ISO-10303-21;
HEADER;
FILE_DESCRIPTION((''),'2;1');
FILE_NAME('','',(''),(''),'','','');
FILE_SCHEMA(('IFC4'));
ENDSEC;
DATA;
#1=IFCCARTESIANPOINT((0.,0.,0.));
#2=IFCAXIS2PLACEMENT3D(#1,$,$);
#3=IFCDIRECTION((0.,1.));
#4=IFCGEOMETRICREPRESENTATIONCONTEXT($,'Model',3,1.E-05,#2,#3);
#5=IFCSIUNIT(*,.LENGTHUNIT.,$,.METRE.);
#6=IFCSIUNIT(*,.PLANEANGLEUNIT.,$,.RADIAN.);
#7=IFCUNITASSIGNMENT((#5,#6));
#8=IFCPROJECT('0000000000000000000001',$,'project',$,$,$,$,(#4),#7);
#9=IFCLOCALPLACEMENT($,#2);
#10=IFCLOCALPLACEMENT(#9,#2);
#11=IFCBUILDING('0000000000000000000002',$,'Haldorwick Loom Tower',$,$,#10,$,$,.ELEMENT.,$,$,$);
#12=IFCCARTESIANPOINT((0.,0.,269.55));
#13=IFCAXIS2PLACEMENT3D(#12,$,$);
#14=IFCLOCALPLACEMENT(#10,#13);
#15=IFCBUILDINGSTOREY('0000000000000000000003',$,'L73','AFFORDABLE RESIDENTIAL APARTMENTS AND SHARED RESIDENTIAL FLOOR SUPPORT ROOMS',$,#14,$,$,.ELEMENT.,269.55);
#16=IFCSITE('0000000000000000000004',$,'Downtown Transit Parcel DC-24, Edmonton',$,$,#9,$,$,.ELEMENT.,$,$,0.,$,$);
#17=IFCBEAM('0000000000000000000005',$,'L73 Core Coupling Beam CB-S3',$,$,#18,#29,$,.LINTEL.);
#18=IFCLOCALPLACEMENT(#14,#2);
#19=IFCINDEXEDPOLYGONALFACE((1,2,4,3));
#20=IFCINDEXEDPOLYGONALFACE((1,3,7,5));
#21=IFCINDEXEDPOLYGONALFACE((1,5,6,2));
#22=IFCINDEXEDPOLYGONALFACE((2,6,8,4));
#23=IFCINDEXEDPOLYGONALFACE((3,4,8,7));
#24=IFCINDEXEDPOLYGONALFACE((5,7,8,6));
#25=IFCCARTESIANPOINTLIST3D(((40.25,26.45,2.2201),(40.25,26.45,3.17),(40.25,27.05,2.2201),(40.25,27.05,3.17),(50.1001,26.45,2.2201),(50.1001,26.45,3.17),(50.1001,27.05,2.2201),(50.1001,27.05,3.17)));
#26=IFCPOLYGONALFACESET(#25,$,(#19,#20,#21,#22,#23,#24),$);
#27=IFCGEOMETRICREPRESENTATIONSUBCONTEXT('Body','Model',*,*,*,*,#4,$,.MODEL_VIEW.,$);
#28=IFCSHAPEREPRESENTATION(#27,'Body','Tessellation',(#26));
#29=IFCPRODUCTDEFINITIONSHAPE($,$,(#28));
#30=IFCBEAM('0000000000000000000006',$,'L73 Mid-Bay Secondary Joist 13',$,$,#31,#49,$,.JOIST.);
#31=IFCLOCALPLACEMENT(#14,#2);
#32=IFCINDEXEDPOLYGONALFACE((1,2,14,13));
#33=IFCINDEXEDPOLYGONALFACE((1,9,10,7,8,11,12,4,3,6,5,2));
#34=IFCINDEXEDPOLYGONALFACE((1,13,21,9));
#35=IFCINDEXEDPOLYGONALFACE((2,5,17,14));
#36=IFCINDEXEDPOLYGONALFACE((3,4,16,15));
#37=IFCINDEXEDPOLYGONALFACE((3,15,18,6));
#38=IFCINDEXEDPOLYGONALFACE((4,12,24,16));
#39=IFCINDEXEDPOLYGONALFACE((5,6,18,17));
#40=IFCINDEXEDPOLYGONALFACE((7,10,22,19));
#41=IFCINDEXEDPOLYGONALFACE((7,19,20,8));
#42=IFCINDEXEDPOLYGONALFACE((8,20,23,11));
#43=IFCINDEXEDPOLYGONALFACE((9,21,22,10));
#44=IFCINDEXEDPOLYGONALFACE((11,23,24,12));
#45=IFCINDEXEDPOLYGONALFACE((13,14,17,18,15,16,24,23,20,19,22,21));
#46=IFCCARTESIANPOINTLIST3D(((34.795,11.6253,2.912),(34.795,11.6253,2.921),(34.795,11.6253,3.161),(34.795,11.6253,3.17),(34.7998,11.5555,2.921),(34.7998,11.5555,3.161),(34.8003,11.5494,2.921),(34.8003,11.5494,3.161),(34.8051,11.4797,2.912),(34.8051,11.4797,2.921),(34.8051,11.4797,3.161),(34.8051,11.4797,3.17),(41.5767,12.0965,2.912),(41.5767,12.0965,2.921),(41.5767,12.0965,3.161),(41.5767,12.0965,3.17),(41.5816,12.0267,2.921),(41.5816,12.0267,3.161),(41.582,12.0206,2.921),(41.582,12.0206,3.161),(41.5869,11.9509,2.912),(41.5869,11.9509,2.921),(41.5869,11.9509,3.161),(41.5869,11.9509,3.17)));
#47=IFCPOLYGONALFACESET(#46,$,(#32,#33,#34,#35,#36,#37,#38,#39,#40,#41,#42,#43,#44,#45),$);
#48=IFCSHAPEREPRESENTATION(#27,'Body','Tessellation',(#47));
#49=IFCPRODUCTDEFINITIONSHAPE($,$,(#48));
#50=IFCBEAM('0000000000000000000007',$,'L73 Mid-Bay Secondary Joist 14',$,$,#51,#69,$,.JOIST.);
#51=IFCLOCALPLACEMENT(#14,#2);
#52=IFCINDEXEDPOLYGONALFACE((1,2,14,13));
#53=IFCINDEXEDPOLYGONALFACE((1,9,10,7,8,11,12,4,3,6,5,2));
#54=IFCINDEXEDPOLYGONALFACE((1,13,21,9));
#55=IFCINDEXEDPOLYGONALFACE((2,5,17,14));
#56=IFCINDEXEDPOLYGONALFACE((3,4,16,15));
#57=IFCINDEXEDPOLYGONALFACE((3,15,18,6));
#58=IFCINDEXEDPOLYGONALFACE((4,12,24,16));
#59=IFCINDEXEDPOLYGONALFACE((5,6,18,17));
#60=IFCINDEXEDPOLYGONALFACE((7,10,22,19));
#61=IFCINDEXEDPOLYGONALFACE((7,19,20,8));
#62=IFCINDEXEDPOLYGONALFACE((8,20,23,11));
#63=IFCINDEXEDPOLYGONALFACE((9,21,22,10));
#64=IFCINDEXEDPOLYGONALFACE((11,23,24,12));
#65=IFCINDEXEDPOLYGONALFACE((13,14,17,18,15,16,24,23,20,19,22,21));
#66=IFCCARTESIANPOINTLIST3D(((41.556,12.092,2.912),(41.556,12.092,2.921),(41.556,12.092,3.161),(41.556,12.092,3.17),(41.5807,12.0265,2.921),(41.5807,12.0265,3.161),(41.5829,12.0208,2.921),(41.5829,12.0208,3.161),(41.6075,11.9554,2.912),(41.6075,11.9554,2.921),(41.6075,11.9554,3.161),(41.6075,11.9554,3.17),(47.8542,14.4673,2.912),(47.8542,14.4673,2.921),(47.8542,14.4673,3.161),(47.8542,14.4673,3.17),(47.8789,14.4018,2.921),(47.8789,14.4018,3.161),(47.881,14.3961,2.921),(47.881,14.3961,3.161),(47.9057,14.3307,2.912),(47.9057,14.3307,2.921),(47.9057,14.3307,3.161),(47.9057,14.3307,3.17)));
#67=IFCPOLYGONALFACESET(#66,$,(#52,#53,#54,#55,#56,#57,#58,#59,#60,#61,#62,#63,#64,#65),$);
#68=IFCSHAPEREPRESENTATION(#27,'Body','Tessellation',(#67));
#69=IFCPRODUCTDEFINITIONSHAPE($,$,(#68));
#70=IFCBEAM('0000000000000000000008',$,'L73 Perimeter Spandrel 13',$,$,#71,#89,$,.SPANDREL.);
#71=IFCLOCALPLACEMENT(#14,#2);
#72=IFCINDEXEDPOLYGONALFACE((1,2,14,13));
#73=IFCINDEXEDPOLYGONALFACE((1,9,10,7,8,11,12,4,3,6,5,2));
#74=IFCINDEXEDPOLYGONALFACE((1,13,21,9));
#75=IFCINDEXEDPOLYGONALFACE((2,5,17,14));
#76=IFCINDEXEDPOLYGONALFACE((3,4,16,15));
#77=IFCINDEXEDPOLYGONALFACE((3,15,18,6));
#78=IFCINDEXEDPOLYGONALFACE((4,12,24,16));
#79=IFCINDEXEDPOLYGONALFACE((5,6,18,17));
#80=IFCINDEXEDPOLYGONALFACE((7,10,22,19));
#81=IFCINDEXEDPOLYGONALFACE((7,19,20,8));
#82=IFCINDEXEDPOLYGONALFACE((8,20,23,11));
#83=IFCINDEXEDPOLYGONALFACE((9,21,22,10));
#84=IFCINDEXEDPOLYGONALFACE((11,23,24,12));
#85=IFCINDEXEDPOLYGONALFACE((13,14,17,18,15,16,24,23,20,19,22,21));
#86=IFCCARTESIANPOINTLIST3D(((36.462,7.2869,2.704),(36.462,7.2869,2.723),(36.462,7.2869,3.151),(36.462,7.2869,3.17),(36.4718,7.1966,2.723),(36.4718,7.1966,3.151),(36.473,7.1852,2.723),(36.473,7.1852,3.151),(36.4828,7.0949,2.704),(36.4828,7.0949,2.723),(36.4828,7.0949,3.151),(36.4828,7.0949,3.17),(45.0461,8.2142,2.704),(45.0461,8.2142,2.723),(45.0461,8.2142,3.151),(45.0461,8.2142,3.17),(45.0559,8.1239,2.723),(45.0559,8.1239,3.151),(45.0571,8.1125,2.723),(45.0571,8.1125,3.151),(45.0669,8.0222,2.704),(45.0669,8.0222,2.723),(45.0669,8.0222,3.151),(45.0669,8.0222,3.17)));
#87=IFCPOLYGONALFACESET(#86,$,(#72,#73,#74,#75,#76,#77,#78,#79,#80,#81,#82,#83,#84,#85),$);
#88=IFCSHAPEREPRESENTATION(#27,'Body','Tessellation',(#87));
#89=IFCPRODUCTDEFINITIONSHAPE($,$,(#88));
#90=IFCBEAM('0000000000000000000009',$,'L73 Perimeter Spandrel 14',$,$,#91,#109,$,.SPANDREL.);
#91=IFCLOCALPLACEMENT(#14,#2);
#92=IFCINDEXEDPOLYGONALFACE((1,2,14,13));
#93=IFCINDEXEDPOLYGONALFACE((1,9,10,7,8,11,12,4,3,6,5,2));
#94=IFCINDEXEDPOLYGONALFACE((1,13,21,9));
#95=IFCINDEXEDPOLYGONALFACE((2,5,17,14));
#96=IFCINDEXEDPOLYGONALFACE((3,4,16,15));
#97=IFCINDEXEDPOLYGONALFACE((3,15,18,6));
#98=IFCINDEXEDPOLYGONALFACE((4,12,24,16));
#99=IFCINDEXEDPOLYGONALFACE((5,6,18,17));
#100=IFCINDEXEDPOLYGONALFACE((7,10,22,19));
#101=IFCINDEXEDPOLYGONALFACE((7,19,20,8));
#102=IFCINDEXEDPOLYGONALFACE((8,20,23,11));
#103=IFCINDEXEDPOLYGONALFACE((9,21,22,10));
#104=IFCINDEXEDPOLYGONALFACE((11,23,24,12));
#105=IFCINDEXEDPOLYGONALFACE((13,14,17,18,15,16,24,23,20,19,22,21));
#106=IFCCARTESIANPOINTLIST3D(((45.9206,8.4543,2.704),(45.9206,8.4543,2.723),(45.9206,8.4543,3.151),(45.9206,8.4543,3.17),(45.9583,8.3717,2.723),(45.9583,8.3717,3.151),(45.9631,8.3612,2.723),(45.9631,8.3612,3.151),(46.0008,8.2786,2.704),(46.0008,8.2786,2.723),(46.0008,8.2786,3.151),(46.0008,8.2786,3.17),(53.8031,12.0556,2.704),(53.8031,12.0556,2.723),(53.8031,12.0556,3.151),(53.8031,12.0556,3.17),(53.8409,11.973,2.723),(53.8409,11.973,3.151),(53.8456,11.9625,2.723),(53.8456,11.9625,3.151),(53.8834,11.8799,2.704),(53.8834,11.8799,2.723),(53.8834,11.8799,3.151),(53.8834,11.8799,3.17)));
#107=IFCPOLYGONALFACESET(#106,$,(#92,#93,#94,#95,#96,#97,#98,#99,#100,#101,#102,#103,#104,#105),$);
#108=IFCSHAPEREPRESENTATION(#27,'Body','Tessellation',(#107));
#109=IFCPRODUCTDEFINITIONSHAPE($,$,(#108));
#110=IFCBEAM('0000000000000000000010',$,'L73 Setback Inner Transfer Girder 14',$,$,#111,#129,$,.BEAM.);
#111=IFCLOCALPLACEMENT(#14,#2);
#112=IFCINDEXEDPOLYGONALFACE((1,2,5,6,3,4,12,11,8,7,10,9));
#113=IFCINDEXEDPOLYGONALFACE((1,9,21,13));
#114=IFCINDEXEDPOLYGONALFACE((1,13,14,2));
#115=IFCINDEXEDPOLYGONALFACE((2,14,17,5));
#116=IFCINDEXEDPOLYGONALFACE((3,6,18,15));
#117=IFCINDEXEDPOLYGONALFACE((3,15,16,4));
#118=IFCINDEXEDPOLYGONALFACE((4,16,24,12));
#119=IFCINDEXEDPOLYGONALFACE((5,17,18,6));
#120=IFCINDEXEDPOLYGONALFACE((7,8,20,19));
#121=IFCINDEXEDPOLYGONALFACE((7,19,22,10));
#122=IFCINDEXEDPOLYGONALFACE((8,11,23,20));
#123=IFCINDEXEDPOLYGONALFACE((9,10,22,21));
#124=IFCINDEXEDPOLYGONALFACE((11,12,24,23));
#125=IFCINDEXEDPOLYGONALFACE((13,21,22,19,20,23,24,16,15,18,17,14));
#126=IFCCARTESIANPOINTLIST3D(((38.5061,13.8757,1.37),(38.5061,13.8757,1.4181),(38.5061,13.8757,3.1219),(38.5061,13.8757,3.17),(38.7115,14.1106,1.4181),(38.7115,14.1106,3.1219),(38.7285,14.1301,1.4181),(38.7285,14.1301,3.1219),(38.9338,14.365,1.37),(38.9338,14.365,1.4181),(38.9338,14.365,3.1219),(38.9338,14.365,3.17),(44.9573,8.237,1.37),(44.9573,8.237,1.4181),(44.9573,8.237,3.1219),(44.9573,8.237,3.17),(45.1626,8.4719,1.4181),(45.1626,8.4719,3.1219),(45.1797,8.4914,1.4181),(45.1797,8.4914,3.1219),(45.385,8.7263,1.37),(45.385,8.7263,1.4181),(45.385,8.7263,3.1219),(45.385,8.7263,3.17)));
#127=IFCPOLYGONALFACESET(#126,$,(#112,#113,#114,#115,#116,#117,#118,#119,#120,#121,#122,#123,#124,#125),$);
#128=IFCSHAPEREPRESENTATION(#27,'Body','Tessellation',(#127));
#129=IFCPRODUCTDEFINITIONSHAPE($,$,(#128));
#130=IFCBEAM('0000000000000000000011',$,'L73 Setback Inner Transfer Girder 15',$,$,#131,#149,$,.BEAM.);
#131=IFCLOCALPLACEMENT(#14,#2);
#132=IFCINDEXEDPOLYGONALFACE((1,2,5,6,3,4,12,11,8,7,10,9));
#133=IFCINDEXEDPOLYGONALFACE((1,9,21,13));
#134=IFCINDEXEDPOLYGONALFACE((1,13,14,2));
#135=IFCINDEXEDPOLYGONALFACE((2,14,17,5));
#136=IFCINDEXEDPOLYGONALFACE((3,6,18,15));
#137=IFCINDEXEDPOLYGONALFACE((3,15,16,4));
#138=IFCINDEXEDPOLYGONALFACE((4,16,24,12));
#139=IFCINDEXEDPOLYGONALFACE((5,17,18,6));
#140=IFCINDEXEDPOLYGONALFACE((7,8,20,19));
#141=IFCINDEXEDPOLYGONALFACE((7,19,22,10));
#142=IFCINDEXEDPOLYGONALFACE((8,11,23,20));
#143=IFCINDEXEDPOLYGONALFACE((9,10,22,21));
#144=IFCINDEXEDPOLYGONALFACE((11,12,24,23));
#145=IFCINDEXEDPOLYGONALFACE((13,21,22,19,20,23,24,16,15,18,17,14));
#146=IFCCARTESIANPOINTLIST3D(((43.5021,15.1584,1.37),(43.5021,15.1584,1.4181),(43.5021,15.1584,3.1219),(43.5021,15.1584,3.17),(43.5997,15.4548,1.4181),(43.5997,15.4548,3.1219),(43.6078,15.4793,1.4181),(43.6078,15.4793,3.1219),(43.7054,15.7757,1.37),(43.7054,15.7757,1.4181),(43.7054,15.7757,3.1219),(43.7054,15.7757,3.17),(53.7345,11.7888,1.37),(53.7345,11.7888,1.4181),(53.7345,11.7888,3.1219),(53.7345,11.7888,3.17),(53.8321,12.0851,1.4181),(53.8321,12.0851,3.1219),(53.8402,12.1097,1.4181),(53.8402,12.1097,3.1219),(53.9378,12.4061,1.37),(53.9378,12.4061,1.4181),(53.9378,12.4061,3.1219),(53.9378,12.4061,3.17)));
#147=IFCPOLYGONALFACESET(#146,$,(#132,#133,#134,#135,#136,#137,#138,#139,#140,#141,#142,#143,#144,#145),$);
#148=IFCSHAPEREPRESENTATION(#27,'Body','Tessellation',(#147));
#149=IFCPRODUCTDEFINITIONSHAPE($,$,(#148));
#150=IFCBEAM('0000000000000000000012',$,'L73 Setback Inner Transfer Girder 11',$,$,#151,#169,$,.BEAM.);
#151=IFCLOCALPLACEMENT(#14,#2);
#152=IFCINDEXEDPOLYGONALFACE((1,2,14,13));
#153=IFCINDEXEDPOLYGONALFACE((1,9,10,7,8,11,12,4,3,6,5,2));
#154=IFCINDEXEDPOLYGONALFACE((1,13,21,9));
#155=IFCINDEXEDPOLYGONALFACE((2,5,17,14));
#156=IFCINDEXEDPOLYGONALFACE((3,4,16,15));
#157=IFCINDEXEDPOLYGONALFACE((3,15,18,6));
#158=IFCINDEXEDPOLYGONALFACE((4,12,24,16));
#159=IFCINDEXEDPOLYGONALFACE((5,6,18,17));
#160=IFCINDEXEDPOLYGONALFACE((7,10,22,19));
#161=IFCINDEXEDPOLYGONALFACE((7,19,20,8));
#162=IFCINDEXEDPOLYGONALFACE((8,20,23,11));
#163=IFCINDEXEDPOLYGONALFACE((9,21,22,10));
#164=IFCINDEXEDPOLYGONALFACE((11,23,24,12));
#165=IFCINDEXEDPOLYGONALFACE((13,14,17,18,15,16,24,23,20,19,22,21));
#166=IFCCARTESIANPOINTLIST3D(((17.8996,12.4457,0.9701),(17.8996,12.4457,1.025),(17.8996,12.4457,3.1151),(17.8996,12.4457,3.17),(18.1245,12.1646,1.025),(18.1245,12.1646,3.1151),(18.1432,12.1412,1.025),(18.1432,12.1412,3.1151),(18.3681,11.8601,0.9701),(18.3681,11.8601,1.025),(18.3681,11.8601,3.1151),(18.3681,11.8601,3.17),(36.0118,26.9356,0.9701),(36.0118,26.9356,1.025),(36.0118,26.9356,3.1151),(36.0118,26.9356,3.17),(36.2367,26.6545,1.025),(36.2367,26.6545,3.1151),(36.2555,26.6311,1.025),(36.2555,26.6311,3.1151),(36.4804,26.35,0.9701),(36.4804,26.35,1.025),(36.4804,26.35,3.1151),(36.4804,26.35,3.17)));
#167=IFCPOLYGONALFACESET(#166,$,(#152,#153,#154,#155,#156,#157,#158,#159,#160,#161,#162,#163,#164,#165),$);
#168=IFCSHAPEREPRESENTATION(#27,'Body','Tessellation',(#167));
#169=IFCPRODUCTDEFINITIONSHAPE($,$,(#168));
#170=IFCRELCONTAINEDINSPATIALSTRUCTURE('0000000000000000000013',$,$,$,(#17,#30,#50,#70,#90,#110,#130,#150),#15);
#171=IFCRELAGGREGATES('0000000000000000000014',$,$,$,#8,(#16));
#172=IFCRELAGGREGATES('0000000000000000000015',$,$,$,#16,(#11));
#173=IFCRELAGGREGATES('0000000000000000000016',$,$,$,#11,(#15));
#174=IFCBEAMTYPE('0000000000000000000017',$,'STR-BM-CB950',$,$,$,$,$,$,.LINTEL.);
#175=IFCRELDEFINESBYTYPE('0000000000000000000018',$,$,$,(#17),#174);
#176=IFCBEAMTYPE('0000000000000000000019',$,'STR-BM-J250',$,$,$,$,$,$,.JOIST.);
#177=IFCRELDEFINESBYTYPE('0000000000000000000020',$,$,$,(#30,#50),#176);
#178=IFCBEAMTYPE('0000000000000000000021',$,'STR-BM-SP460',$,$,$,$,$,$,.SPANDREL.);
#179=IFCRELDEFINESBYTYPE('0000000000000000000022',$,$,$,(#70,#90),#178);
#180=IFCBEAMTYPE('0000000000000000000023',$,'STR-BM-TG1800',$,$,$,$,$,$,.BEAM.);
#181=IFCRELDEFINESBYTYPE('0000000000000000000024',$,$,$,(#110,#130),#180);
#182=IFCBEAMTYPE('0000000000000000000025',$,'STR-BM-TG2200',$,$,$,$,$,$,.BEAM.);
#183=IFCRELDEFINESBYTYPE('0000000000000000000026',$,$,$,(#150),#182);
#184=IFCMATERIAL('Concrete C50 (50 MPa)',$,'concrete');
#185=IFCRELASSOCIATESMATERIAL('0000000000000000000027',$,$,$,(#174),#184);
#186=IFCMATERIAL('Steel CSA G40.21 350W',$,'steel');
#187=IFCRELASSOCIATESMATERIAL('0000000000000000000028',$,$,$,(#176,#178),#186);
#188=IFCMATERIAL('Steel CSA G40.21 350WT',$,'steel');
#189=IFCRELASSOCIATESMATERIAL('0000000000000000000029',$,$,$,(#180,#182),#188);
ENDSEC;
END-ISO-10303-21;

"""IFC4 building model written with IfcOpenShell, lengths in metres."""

from ifc_helpers import new_model, si_unit, direction, frame, origin, origin_2d, place, context, subcontext, project, spatial, rectangle, i_section, extrude, material, material_profile, profile_set, type_object, element, save


model = new_model("IFC4")

# Units and contexts
model_context = context("Model", 3, precision=1e-05, world=origin(), true_north=direction((0.0, 1.0)))
body_context = subcontext(model_context, "Body", "Model", "MODEL_VIEW")
ifc_project = project(units=[si_unit("LENGTHUNIT", "METRE"), si_unit("PLANEANGLEUNIT", "RADIAN")], contexts=[model_context])

# Site, building, storey
site_placement = place(None, origin())
site = spatial("IfcSite", under=ifc_project, at=site_placement, Name="Downtown Transit Parcel DC-24, Edmonton", CompositionType="ELEMENT", RefElevation=0.0)
building_placement = place(site_placement, origin())
building = spatial("IfcBuilding", under=site, at=building_placement, Name="Haldorwick Loom Tower", CompositionType="ELEMENT")
storey_placement = place(building_placement, frame((0.0, 0.0, 269.55)))
storey = spatial("IfcBuildingStorey", under=building, at=storey_placement, Name="L73", Description="AFFORDABLE RESIDENTIAL APARTMENTS AND SHARED RESIDENTIAL FLOOR SUPPORT ROOMS", CompositionType="ELEMENT", Elevation=269.55)

# Shared definitions
ifc_material_1 = material(Name="Concrete C50 (50 MPa)", Category="concrete")
ifc_material_2 = material(Name="Steel CSA G40.21 350W", Category="steel")

# Beams
ifc_material_profile_1 = material_profile(ifc_material_1, rectangle(XDim=0.6001, YDim=0.95, at=origin_2d()), Name="RC600X950", Category="concrete")
ifc_profile_set_1 = profile_set([ifc_material_profile_1], Name="Concrete C50 (50 MPa)")
beam_type_1 = type_object("IfcBeamType", Name="STR-BM-CB950", PredefinedType="LINTEL", material=ifc_profile_set_1)
beam_1_placement = place(storey_placement, frame((40.25, 26.75, 2.6951), z_axis=(1.0, 0.0, 0.0), x_axis=(0.0, 1.0, 0.0)))
element("IfcBeam", 1, at=beam_1_placement, inside=storey, type_object=beam_type_1, Name="L73 Core Coupling Beam CB-S3", PredefinedType="LINTEL", context=body_context, shape_type="SweptSolid", body=[
    extrude(rectangle(XDim=0.6001, YDim=0.95, at=origin_2d()), origin(), (0.0, 0.0, 1.0), 9.8501),
])
ifc_material_profile_2 = material_profile(ifc_material_2, i_section(OverallWidth=0.146, OverallDepth=0.2581, WebThickness=0.0061, FlangeThickness=0.009, at=origin_2d()), Name="W250X33", Category="steel")
ifc_profile_set_2 = profile_set([ifc_material_profile_2], Name="Steel CSA G40.21 350W")
beam_type_2 = type_object("IfcBeamType", Name="STR-BM-J250", PredefinedType="JOIST", material=ifc_profile_set_2)
beam_2_placement = place(storey_placement, frame((34.8, 11.5525, 3.041), z_axis=(0.997595, 0.069312, 0.0), x_axis=(-0.069312, 0.997595, 0.0)))
element("IfcBeam", 2, at=beam_2_placement, inside=storey, type_object=beam_type_2, Name="L73 Mid-Bay Secondary Joist 13", PredefinedType="JOIST", context=body_context, shape_type="SweptSolid", body=[
    extrude(i_section(OverallWidth=0.146, OverallDepth=0.2581, WebThickness=0.0061, FlangeThickness=0.009, at=origin_2d()), origin(), (0.0, 0.0, 1.0), 6.7981),
])
beam_3_placement = place(storey_placement, frame((41.5818, 12.0237, 3.041), z_axis=(0.93567, 0.352876, 0.0), x_axis=(-0.352876, 0.93567, 0.0)))
element("IfcBeam", 3, at=beam_3_placement, inside=storey, type_object=beam_type_2, Name="L73 Mid-Bay Secondary Joist 14", PredefinedType="JOIST", context=body_context, shape_type="SweptSolid", body=[
    extrude(i_section(OverallWidth=0.146, OverallDepth=0.2581, WebThickness=0.0061, FlangeThickness=0.009, at=origin_2d()), origin(), (0.0, 0.0, 1.0), 6.7312),
])
ifc_material_profile_3 = material_profile(ifc_material_2, i_section(OverallWidth=0.1931, OverallDepth=0.4661, WebThickness=0.0115, FlangeThickness=0.019, at=origin_2d()), Name="W460X97", Category="steel")
ifc_profile_set_3 = profile_set([ifc_material_profile_3], Name="Steel CSA G40.21 350W")
beam_type_3 = type_object("IfcBeamType", Name="STR-BM-SP460", PredefinedType="SPANDREL", material=ifc_profile_set_3)
beam_4_placement = place(storey_placement, frame((36.4724, 7.1909, 2.937), z_axis=(0.994216, 0.107396, 0.0), x_axis=(-0.107396, 0.994216, 0.0)))
element("IfcBeam", 4, at=beam_4_placement, inside=storey, type_object=beam_type_3, Name="L73 Perimeter Spandrel 13", PredefinedType="SPANDREL", context=body_context, shape_type="SweptSolid", body=[
    extrude(i_section(OverallWidth=0.1931, OverallDepth=0.4661, WebThickness=0.0115, FlangeThickness=0.019, at=origin_2d()), origin(), (0.0, 0.0, 1.0), 8.634),
])
beam_5_placement = place(storey_placement, frame((45.9607, 8.3665, 2.937), z_axis=(0.909568, 0.415555, 0.0), x_axis=(-0.415555, 0.909568, 0.0)))
element("IfcBeam", 5, at=beam_5_placement, inside=storey, type_object=beam_type_3, Name="L73 Perimeter Spandrel 14", PredefinedType="SPANDREL", context=body_context, shape_type="SweptSolid", body=[
    extrude(i_section(OverallWidth=0.1931, OverallDepth=0.4661, WebThickness=0.0115, FlangeThickness=0.019, at=origin_2d()), origin(), (0.0, 0.0, 1.0), 8.6663),
])
ifc_material_3 = material(Name="Steel CSA G40.21 350WT", Category="steel")
ifc_material_profile_4 = material_profile(ifc_material_3, i_section(OverallWidth=0.6499, OverallDepth=1.8, WebThickness=0.0259, FlangeThickness=0.0481, at=origin_2d()), Name="WWF1800X650", Category="steel")
ifc_profile_set_4 = profile_set([ifc_material_profile_4], Name="Steel CSA G40.21 350WT")
beam_type_4 = type_object("IfcBeamType", Name="STR-BM-TG1800", PredefinedType="BEAM", material=ifc_profile_set_4)
beam_6_placement = place(storey_placement, frame((38.72, 14.1204, 2.27), z_axis=(0.75293, -0.658101, 0.0), x_axis=(0.658101, 0.75293, 0.0)))
element("IfcBeam", 6, at=beam_6_placement, inside=storey, type_object=beam_type_4, Name="L73 Setback Inner Transfer Girder 14", PredefinedType="BEAM", context=body_context, shape_type="SweptSolid", body=[
    extrude(i_section(OverallWidth=0.6499, OverallDepth=1.8, WebThickness=0.0259, FlangeThickness=0.0481, at=origin_2d()), origin(), (0.0, 0.0, 1.0), 8.5681),
])
beam_7_placement = place(storey_placement, frame((43.6038, 15.467, 2.27), z_axis=(0.949824, -0.312786, 0.0), x_axis=(0.312786, 0.949824, 0.0)))
element("IfcBeam", 7, at=beam_7_placement, inside=storey, type_object=beam_type_4, Name="L73 Setback Inner Transfer Girder 15", PredefinedType="BEAM", context=body_context, shape_type="SweptSolid", body=[
    extrude(i_section(OverallWidth=0.6499, OverallDepth=1.8, WebThickness=0.0259, FlangeThickness=0.0481, at=origin_2d()), origin(), (0.0, 0.0, 1.0), 10.7729),
])
ifc_material_profile_5 = material_profile(ifc_material_3, i_section(OverallWidth=0.75, OverallDepth=2.2, WebThickness=0.03, FlangeThickness=0.0549, at=origin_2d()), Name="WWF2200X750", Category="steel")
ifc_profile_set_5 = profile_set([ifc_material_profile_5], Name="Steel CSA G40.21 350WT")
beam_type_5 = type_object("IfcBeamType", Name="STR-BM-TG2200", PredefinedType="BEAM", material=ifc_profile_set_5)
beam_8_placement = place(storey_placement, frame((36.2461, 26.6428, 2.0701), z_axis=(-0.780866, -0.624699, 0.0), x_axis=(0.624699, -0.780866, 0.0)))
element("IfcBeam", 8, at=beam_8_placement, inside=storey, type_object=beam_type_5, Name="L73 Setback Inner Transfer Girder 11", PredefinedType="BEAM", context=body_context, shape_type="SweptSolid", body=[
    extrude(i_section(OverallWidth=0.75, OverallDepth=2.2, WebThickness=0.03, FlangeThickness=0.0549, at=origin_2d()), origin(), (0.0, 0.0, 1.0), 23.1951),
])

save(model, "model.ifc")
